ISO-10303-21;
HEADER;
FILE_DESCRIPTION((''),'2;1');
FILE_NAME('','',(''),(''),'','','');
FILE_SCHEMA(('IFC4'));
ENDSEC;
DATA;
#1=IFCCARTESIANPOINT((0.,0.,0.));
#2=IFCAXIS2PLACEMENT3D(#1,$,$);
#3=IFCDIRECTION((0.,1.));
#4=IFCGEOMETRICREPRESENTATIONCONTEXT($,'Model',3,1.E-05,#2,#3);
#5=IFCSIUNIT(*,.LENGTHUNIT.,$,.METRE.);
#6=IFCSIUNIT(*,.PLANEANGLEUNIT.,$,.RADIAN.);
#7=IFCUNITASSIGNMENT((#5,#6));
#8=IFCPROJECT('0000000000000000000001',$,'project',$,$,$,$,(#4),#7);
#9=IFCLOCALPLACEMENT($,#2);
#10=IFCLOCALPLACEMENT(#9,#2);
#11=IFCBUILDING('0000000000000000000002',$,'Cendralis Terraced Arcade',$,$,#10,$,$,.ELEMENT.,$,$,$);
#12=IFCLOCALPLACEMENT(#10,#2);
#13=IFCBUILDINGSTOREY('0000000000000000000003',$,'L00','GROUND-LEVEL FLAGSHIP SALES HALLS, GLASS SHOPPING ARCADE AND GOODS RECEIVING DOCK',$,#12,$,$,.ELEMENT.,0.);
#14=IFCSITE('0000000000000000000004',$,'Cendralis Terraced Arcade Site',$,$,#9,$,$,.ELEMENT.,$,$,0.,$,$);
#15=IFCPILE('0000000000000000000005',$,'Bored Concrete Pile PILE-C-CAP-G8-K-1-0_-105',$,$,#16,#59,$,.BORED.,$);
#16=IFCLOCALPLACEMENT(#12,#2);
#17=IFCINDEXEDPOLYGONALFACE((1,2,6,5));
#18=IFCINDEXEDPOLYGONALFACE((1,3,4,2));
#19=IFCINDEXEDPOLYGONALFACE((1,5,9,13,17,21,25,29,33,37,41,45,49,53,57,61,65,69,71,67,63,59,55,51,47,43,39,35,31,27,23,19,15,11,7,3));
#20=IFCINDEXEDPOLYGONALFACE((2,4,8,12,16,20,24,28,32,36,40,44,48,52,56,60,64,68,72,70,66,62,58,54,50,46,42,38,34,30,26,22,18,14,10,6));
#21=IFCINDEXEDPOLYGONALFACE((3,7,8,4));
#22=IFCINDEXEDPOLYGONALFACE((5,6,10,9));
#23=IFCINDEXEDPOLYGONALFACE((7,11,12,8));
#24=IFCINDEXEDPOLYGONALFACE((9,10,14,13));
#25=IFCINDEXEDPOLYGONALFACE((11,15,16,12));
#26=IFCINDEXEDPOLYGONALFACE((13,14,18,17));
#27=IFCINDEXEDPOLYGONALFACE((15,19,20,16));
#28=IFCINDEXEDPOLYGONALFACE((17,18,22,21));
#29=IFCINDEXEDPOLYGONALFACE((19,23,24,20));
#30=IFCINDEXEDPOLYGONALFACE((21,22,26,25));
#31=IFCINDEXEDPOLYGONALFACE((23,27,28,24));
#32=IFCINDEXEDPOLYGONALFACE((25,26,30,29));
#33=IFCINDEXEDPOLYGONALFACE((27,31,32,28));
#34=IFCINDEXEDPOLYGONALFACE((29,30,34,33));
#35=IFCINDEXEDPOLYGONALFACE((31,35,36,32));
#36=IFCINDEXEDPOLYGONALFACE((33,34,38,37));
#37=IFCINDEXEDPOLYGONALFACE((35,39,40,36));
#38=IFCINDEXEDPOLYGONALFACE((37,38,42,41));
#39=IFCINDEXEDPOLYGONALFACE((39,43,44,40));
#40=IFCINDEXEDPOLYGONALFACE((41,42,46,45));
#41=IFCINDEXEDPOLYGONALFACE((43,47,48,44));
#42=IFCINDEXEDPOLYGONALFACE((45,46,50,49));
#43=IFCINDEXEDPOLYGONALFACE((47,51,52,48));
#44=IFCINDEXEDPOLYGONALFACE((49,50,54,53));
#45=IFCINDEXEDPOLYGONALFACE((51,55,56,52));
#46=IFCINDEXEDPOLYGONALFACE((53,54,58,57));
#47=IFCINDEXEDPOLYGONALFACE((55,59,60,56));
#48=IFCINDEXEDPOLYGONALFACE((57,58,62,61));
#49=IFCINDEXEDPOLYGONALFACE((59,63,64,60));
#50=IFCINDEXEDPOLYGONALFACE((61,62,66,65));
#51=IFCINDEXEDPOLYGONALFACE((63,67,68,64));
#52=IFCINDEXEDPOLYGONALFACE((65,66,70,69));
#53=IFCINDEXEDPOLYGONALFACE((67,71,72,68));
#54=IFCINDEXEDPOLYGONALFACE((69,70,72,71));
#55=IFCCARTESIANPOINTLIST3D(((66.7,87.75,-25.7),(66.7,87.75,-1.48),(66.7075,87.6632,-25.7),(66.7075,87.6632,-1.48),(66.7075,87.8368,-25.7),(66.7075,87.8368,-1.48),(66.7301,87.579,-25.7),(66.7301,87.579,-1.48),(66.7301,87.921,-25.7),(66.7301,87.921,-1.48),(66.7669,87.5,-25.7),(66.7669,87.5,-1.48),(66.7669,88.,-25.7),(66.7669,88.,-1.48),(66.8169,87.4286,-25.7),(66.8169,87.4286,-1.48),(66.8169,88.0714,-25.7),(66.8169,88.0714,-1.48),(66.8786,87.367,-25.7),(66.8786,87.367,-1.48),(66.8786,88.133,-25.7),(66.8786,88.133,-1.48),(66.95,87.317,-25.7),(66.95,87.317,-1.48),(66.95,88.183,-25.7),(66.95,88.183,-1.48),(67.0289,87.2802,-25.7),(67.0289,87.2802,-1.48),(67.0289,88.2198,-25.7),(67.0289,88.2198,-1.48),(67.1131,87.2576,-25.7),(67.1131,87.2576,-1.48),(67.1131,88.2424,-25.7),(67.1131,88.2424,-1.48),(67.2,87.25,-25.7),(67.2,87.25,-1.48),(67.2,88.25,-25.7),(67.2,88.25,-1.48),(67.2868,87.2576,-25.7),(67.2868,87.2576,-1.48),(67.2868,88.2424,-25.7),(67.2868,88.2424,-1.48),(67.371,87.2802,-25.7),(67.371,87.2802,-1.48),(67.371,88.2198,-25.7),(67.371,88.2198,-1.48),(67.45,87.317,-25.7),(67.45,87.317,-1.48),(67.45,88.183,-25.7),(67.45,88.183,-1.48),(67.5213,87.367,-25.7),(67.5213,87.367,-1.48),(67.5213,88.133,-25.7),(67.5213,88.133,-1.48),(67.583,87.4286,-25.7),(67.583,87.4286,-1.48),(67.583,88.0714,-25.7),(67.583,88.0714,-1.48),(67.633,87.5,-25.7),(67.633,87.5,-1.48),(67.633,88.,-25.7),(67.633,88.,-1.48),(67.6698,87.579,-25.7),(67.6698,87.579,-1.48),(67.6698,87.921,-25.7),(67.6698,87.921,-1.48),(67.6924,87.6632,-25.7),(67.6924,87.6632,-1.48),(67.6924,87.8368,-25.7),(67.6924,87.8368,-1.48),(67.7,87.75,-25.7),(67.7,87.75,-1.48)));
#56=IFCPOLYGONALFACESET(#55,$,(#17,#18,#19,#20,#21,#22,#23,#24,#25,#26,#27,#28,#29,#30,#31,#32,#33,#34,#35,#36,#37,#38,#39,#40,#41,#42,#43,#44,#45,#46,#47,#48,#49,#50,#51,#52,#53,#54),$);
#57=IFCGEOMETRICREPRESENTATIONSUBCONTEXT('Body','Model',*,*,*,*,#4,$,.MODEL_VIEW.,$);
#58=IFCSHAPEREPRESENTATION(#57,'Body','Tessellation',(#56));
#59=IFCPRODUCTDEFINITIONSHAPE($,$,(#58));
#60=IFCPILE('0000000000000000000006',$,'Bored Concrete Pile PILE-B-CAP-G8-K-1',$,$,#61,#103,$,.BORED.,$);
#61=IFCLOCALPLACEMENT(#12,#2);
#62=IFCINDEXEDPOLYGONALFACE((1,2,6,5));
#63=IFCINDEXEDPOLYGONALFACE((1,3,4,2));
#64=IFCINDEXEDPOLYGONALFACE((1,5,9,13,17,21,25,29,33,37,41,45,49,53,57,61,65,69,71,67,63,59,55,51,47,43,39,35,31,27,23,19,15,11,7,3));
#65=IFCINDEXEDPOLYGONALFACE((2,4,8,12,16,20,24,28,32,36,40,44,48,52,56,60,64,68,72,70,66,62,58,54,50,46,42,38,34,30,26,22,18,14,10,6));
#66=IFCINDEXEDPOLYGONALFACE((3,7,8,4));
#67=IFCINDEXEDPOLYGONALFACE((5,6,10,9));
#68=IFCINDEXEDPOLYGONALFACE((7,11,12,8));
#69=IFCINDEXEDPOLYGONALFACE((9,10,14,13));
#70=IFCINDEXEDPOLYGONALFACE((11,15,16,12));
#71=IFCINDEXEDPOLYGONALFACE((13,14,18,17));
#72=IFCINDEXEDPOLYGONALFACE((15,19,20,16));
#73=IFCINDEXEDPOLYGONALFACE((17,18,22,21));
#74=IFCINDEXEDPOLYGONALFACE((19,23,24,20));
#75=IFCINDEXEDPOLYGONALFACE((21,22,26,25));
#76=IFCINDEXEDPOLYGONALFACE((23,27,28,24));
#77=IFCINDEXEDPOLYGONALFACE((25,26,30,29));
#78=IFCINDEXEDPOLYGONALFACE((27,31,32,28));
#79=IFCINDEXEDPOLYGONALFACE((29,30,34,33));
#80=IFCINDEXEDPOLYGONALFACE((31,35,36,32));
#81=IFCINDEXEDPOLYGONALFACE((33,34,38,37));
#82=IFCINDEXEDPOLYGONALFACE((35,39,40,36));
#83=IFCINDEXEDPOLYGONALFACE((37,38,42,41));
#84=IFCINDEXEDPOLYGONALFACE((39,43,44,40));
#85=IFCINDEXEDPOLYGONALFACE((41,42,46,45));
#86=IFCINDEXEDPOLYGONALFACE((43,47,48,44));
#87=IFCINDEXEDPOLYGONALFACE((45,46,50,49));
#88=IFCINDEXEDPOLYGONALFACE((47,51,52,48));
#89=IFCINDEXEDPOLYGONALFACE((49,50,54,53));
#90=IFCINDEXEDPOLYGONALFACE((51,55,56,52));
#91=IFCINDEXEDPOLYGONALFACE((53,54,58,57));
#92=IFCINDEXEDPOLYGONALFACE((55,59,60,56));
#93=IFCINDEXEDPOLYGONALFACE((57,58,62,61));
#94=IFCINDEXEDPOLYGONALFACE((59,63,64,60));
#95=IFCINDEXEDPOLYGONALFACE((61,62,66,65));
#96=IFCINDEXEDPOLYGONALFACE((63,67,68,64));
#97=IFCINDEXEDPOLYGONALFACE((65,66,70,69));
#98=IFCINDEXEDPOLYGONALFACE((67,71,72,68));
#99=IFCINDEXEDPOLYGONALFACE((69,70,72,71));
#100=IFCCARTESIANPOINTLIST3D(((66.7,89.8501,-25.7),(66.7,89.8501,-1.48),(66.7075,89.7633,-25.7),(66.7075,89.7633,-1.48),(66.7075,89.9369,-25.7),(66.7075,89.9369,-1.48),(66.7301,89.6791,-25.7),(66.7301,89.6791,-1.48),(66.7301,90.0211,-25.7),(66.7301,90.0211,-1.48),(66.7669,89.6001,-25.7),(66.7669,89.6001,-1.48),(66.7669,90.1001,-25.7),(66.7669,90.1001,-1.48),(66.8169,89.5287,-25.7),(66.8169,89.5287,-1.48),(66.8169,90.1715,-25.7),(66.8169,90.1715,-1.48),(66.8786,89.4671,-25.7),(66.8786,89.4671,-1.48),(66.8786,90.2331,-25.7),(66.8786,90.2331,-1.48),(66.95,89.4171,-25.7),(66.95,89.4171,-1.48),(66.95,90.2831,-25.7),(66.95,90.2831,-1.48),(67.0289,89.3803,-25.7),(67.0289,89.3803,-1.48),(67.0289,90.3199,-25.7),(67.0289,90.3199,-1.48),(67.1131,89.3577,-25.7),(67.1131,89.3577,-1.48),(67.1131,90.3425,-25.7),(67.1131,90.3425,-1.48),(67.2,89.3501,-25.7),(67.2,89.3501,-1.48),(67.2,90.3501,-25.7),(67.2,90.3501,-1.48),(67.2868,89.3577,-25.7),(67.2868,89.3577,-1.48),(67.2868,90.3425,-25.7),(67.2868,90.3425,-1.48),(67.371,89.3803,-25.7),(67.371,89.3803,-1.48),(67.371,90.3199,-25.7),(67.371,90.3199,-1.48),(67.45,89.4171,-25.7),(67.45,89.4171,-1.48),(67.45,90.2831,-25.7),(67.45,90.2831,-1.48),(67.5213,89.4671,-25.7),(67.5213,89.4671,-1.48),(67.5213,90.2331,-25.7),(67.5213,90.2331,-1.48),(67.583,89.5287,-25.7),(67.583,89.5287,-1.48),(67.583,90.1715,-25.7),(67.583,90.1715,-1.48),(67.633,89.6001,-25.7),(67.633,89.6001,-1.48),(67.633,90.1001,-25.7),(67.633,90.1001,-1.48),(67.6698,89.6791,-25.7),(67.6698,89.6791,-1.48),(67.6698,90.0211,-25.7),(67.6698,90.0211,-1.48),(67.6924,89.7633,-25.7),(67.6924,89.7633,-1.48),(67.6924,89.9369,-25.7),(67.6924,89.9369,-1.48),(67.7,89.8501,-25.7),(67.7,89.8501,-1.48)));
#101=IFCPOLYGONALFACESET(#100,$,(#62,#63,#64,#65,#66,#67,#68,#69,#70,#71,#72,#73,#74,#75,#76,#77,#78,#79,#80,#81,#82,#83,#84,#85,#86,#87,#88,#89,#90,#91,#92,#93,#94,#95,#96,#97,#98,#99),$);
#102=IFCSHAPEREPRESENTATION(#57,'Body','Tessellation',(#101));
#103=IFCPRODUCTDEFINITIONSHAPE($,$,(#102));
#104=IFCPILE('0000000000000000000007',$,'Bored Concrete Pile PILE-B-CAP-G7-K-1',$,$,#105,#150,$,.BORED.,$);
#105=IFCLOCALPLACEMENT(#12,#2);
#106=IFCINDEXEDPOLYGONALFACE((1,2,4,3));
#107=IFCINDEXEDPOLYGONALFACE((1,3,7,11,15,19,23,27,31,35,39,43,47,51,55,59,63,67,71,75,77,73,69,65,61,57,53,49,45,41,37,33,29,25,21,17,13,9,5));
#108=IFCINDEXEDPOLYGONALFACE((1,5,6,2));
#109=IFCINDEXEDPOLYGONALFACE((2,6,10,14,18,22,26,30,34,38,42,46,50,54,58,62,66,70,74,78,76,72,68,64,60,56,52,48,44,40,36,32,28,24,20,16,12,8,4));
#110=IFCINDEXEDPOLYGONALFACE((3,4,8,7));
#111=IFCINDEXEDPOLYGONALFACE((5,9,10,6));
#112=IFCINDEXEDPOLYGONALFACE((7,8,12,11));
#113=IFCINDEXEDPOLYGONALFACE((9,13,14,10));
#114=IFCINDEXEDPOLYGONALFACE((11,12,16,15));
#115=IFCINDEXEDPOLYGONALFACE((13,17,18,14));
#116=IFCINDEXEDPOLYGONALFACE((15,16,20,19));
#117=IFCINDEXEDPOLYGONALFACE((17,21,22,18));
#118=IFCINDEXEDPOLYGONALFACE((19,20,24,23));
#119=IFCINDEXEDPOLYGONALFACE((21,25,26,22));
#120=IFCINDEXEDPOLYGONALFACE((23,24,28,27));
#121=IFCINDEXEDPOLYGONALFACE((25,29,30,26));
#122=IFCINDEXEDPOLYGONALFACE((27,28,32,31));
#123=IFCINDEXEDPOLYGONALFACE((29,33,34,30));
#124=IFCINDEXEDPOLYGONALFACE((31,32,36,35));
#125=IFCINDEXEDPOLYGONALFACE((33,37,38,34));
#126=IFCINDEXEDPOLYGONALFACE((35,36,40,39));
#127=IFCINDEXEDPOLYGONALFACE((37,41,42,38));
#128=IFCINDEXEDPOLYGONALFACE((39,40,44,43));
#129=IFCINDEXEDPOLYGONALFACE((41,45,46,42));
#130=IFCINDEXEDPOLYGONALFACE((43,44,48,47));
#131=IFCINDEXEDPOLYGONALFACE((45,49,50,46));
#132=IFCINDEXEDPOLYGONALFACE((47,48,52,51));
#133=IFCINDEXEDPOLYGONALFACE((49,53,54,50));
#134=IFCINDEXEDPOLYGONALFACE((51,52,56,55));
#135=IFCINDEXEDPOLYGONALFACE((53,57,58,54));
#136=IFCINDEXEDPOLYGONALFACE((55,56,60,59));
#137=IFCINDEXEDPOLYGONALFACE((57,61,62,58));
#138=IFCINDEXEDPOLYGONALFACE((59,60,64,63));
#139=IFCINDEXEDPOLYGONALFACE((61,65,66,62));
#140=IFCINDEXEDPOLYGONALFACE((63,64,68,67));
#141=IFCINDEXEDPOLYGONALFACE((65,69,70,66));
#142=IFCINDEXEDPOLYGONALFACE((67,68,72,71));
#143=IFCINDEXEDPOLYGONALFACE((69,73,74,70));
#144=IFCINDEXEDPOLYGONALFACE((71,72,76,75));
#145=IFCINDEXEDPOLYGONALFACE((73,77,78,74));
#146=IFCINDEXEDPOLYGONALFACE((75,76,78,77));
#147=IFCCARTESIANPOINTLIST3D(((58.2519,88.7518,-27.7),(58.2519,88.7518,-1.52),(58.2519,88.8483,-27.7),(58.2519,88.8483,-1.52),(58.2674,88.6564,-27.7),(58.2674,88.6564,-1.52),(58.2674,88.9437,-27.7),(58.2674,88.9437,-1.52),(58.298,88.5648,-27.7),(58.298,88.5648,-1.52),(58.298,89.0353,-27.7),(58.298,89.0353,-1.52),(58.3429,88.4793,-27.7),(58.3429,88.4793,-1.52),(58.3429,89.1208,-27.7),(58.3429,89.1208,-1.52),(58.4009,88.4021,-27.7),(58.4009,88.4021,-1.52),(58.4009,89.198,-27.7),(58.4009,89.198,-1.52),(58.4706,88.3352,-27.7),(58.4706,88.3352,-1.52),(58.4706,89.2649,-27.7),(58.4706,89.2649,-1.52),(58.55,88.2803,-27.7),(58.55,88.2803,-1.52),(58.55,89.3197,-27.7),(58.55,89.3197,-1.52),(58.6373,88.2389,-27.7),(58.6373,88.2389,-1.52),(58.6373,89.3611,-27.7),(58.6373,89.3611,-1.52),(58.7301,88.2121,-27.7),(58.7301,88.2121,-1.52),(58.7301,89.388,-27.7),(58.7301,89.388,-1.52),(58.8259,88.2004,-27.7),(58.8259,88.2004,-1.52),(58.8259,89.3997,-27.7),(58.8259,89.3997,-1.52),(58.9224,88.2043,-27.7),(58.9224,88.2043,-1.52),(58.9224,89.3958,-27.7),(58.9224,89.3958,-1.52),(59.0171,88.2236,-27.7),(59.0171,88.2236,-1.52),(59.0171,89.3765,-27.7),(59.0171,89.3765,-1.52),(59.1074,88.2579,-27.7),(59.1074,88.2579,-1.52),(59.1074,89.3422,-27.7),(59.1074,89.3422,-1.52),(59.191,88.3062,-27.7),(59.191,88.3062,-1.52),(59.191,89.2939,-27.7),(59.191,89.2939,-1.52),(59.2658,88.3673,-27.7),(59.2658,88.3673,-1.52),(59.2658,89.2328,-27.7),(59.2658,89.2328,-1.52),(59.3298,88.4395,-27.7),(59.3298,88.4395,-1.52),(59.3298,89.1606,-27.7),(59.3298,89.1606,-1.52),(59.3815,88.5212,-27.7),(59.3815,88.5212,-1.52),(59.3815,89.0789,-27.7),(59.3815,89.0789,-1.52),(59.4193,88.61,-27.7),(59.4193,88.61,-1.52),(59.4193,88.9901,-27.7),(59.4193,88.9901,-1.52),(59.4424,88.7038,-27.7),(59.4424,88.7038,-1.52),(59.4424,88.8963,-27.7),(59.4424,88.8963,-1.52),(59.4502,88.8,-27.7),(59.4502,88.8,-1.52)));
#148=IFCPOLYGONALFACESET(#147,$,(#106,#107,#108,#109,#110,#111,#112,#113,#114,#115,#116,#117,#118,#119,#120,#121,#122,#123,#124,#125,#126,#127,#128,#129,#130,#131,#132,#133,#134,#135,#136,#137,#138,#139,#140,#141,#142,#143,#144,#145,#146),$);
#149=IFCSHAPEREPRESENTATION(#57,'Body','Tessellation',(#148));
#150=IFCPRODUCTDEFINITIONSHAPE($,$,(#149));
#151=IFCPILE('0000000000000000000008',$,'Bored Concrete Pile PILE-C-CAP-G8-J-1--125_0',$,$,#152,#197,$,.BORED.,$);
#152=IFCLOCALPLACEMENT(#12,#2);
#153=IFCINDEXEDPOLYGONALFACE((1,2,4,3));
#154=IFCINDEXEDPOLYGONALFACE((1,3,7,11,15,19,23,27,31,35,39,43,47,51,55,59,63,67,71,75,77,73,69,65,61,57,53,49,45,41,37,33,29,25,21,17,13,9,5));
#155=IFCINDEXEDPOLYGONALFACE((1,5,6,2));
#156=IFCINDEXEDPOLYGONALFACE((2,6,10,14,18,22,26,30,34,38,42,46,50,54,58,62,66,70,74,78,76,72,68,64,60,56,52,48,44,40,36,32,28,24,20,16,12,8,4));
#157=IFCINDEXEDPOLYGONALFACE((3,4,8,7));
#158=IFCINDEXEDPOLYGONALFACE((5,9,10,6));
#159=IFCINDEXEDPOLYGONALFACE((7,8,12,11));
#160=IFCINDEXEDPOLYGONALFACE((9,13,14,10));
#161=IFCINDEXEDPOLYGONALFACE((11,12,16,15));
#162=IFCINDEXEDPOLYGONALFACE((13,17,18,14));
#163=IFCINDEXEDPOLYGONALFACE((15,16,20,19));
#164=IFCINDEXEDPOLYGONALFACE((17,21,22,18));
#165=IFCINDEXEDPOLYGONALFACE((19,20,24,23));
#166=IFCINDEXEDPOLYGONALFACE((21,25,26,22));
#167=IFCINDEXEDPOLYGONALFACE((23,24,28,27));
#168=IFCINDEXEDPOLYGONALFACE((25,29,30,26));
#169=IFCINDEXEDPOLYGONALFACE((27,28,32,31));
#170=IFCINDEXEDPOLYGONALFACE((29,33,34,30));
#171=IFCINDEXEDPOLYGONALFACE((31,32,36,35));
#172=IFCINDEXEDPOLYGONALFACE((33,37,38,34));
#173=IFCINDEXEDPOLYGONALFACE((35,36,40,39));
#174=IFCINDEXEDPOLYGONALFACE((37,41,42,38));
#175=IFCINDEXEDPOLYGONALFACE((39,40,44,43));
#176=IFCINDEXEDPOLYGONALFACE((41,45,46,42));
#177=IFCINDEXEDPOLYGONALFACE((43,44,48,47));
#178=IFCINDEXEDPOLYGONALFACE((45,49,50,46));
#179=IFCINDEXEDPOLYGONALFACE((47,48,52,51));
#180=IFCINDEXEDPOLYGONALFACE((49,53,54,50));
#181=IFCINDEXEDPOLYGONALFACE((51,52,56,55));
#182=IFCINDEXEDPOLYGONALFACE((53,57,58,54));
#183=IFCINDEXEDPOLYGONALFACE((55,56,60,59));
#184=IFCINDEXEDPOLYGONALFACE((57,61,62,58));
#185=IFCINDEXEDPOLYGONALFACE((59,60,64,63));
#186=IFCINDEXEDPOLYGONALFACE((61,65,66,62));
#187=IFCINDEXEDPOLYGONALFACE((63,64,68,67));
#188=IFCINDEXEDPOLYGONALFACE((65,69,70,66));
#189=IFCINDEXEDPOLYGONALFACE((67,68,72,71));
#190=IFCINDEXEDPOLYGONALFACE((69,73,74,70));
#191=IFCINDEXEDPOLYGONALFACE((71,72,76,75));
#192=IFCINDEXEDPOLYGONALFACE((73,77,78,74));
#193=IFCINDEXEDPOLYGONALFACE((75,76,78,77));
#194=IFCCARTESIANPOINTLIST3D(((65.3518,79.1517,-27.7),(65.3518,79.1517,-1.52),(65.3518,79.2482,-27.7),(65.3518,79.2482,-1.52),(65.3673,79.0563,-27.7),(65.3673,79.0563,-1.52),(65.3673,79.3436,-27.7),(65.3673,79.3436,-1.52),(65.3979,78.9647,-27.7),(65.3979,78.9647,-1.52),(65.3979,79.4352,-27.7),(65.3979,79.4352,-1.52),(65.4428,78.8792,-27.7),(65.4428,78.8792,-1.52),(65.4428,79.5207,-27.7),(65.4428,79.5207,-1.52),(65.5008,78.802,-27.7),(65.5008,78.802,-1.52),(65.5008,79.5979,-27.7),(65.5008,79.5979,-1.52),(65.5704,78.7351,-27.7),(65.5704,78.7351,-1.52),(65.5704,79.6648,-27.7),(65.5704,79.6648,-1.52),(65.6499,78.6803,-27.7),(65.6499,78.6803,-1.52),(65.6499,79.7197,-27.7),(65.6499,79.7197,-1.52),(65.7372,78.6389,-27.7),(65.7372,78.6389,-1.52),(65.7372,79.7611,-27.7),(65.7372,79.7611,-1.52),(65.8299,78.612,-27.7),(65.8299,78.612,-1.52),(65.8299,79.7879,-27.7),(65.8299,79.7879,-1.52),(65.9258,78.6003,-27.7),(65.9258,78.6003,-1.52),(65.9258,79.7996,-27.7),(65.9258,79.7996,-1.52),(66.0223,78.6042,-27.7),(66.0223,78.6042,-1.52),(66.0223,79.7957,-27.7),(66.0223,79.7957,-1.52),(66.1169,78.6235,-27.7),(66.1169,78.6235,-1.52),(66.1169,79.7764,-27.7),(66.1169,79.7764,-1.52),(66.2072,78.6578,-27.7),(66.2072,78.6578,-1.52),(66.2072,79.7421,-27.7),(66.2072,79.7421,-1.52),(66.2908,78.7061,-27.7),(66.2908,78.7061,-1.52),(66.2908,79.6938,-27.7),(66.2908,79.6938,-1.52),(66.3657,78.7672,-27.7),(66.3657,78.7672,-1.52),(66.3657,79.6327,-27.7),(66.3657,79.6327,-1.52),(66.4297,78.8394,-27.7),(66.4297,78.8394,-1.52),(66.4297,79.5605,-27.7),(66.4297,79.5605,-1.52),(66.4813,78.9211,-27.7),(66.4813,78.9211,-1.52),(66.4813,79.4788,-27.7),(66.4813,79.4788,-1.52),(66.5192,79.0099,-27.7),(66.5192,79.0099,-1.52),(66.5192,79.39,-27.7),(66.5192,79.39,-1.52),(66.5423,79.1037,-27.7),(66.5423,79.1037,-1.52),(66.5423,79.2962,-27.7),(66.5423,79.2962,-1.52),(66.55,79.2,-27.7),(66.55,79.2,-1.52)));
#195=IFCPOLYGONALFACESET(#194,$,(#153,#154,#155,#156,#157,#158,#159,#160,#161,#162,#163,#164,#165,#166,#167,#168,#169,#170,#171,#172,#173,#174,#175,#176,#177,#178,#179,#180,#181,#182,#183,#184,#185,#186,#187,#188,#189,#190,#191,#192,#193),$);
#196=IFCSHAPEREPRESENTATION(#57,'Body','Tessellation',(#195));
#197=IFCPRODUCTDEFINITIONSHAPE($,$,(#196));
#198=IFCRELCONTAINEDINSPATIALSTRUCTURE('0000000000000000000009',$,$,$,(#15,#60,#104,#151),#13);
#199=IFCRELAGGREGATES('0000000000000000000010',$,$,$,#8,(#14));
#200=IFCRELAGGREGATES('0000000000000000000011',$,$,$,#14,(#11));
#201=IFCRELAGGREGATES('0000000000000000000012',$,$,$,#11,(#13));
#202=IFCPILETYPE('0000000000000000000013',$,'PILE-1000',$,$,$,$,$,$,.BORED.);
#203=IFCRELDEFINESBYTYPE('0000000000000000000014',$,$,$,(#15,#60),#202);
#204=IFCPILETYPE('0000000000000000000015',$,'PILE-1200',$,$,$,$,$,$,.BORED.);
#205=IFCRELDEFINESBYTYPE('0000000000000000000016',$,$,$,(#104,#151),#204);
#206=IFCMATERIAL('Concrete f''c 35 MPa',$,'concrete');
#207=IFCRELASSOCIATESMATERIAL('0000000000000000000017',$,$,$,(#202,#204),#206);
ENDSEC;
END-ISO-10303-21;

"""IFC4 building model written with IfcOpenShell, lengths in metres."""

from ifc_helpers import new_model, si_unit, direction, frame, origin, origin_2d, place, context, subcontext, project, spatial, circle, extrude, material, material_profile, profile_set, type_object, element, save


model = new_model("IFC4")

# Units and contexts
model_context = context("Model", 3, precision=1e-05, world=origin(), true_north=direction((0.0, 1.0)))
body_context = subcontext(model_context, "Body", "Model", "MODEL_VIEW")
ifc_project = project(units=[si_unit("LENGTHUNIT", "METRE"), si_unit("PLANEANGLEUNIT", "RADIAN")], contexts=[model_context])

# Site, building, storey
site_placement = place(None, origin())
site = spatial("IfcSite", under=ifc_project, at=site_placement, Name="Cendralis Terraced Arcade Site", CompositionType="ELEMENT", RefElevation=0.0)
building_placement = place(site_placement, origin())
building = spatial("IfcBuilding", under=site, at=building_placement, Name="Cendralis Terraced Arcade", CompositionType="ELEMENT")
storey_placement = place(building_placement, origin())
storey = spatial("IfcBuildingStorey", under=building, at=storey_placement, Name="L00", Description="GROUND-LEVEL FLAGSHIP SALES HALLS, GLASS SHOPPING ARCADE AND GOODS RECEIVING DOCK", CompositionType="ELEMENT", Elevation=0.0)

# Shared definitions
ifc_material_1 = material(Name="Concrete f'c 35 MPa", Category="concrete")

# Piles
ifc_material_profile_1 = material_profile(ifc_material_1, circle(Radius=0.5, at=origin_2d()), Name="PILE-D1000", Category="LoadBearing")
ifc_profile_set_1 = profile_set([ifc_material_profile_1], Name="Concrete f'c 35 MPa")
pile_type_1 = type_object("IfcPileType", Name="PILE-1000", PredefinedType="BORED", material=ifc_profile_set_1)
for number, where, z_axis, x_axis, name in (
    (1, (67.2, 87.75, -1.48), (0.0, 0.0, -1.0), (1.0, 0.0, 0.0), "Bored Concrete Pile PILE-C-CAP-G8-K-1-0_-105"),
    (2, (67.2, 89.8501, -1.48), (0.0, 0.0, -1.0), (1.0, 0.0, 0.0), "Bored Concrete Pile PILE-B-CAP-G8-K-1"),
):
    element("IfcPile", number, at=place(storey_placement, frame(where, z_axis=z_axis, x_axis=x_axis)), inside=storey, type_object=pile_type_1, Name=name, PredefinedType="BORED", context=body_context, shape_type="SweptSolid", body=[
        extrude(circle(Radius=0.5, at=origin_2d()), origin(), (0.0, 0.0, 1.0), 24.22),
    ])
ifc_material_profile_2 = material_profile(ifc_material_1, circle(Radius=0.6001, at=origin_2d()), Name="PILE-D1200", Category="LoadBearing")
ifc_profile_set_2 = profile_set([ifc_material_profile_2], Name="Concrete f'c 35 MPa")
pile_type_2 = type_object("IfcPileType", Name="PILE-1200", PredefinedType="BORED", material=ifc_profile_set_2)
for number, where, z_axis, x_axis, name in (
    (3, (58.8501, 88.8, -1.52), (0.0, 0.0, -1.0), (1.0, 0.0, 0.0), "Bored Concrete Pile PILE-B-CAP-G7-K-1"),
    (4, (65.95, 79.2, -1.52), (0.0, 0.0, -1.0), (1.0, 0.0, 0.0), "Bored Concrete Pile PILE-C-CAP-G8-J-1--125_0"),
):
    element("IfcPile", number, at=place(storey_placement, frame(where, z_axis=z_axis, x_axis=x_axis)), inside=storey, type_object=pile_type_2, Name=name, PredefinedType="BORED", context=body_context, shape_type="SweptSolid", body=[
        extrude(circle(Radius=0.6001, at=origin_2d()), origin(), (0.0, 0.0, 1.0), 26.1799),
    ])

save(model, "model.ifc")
